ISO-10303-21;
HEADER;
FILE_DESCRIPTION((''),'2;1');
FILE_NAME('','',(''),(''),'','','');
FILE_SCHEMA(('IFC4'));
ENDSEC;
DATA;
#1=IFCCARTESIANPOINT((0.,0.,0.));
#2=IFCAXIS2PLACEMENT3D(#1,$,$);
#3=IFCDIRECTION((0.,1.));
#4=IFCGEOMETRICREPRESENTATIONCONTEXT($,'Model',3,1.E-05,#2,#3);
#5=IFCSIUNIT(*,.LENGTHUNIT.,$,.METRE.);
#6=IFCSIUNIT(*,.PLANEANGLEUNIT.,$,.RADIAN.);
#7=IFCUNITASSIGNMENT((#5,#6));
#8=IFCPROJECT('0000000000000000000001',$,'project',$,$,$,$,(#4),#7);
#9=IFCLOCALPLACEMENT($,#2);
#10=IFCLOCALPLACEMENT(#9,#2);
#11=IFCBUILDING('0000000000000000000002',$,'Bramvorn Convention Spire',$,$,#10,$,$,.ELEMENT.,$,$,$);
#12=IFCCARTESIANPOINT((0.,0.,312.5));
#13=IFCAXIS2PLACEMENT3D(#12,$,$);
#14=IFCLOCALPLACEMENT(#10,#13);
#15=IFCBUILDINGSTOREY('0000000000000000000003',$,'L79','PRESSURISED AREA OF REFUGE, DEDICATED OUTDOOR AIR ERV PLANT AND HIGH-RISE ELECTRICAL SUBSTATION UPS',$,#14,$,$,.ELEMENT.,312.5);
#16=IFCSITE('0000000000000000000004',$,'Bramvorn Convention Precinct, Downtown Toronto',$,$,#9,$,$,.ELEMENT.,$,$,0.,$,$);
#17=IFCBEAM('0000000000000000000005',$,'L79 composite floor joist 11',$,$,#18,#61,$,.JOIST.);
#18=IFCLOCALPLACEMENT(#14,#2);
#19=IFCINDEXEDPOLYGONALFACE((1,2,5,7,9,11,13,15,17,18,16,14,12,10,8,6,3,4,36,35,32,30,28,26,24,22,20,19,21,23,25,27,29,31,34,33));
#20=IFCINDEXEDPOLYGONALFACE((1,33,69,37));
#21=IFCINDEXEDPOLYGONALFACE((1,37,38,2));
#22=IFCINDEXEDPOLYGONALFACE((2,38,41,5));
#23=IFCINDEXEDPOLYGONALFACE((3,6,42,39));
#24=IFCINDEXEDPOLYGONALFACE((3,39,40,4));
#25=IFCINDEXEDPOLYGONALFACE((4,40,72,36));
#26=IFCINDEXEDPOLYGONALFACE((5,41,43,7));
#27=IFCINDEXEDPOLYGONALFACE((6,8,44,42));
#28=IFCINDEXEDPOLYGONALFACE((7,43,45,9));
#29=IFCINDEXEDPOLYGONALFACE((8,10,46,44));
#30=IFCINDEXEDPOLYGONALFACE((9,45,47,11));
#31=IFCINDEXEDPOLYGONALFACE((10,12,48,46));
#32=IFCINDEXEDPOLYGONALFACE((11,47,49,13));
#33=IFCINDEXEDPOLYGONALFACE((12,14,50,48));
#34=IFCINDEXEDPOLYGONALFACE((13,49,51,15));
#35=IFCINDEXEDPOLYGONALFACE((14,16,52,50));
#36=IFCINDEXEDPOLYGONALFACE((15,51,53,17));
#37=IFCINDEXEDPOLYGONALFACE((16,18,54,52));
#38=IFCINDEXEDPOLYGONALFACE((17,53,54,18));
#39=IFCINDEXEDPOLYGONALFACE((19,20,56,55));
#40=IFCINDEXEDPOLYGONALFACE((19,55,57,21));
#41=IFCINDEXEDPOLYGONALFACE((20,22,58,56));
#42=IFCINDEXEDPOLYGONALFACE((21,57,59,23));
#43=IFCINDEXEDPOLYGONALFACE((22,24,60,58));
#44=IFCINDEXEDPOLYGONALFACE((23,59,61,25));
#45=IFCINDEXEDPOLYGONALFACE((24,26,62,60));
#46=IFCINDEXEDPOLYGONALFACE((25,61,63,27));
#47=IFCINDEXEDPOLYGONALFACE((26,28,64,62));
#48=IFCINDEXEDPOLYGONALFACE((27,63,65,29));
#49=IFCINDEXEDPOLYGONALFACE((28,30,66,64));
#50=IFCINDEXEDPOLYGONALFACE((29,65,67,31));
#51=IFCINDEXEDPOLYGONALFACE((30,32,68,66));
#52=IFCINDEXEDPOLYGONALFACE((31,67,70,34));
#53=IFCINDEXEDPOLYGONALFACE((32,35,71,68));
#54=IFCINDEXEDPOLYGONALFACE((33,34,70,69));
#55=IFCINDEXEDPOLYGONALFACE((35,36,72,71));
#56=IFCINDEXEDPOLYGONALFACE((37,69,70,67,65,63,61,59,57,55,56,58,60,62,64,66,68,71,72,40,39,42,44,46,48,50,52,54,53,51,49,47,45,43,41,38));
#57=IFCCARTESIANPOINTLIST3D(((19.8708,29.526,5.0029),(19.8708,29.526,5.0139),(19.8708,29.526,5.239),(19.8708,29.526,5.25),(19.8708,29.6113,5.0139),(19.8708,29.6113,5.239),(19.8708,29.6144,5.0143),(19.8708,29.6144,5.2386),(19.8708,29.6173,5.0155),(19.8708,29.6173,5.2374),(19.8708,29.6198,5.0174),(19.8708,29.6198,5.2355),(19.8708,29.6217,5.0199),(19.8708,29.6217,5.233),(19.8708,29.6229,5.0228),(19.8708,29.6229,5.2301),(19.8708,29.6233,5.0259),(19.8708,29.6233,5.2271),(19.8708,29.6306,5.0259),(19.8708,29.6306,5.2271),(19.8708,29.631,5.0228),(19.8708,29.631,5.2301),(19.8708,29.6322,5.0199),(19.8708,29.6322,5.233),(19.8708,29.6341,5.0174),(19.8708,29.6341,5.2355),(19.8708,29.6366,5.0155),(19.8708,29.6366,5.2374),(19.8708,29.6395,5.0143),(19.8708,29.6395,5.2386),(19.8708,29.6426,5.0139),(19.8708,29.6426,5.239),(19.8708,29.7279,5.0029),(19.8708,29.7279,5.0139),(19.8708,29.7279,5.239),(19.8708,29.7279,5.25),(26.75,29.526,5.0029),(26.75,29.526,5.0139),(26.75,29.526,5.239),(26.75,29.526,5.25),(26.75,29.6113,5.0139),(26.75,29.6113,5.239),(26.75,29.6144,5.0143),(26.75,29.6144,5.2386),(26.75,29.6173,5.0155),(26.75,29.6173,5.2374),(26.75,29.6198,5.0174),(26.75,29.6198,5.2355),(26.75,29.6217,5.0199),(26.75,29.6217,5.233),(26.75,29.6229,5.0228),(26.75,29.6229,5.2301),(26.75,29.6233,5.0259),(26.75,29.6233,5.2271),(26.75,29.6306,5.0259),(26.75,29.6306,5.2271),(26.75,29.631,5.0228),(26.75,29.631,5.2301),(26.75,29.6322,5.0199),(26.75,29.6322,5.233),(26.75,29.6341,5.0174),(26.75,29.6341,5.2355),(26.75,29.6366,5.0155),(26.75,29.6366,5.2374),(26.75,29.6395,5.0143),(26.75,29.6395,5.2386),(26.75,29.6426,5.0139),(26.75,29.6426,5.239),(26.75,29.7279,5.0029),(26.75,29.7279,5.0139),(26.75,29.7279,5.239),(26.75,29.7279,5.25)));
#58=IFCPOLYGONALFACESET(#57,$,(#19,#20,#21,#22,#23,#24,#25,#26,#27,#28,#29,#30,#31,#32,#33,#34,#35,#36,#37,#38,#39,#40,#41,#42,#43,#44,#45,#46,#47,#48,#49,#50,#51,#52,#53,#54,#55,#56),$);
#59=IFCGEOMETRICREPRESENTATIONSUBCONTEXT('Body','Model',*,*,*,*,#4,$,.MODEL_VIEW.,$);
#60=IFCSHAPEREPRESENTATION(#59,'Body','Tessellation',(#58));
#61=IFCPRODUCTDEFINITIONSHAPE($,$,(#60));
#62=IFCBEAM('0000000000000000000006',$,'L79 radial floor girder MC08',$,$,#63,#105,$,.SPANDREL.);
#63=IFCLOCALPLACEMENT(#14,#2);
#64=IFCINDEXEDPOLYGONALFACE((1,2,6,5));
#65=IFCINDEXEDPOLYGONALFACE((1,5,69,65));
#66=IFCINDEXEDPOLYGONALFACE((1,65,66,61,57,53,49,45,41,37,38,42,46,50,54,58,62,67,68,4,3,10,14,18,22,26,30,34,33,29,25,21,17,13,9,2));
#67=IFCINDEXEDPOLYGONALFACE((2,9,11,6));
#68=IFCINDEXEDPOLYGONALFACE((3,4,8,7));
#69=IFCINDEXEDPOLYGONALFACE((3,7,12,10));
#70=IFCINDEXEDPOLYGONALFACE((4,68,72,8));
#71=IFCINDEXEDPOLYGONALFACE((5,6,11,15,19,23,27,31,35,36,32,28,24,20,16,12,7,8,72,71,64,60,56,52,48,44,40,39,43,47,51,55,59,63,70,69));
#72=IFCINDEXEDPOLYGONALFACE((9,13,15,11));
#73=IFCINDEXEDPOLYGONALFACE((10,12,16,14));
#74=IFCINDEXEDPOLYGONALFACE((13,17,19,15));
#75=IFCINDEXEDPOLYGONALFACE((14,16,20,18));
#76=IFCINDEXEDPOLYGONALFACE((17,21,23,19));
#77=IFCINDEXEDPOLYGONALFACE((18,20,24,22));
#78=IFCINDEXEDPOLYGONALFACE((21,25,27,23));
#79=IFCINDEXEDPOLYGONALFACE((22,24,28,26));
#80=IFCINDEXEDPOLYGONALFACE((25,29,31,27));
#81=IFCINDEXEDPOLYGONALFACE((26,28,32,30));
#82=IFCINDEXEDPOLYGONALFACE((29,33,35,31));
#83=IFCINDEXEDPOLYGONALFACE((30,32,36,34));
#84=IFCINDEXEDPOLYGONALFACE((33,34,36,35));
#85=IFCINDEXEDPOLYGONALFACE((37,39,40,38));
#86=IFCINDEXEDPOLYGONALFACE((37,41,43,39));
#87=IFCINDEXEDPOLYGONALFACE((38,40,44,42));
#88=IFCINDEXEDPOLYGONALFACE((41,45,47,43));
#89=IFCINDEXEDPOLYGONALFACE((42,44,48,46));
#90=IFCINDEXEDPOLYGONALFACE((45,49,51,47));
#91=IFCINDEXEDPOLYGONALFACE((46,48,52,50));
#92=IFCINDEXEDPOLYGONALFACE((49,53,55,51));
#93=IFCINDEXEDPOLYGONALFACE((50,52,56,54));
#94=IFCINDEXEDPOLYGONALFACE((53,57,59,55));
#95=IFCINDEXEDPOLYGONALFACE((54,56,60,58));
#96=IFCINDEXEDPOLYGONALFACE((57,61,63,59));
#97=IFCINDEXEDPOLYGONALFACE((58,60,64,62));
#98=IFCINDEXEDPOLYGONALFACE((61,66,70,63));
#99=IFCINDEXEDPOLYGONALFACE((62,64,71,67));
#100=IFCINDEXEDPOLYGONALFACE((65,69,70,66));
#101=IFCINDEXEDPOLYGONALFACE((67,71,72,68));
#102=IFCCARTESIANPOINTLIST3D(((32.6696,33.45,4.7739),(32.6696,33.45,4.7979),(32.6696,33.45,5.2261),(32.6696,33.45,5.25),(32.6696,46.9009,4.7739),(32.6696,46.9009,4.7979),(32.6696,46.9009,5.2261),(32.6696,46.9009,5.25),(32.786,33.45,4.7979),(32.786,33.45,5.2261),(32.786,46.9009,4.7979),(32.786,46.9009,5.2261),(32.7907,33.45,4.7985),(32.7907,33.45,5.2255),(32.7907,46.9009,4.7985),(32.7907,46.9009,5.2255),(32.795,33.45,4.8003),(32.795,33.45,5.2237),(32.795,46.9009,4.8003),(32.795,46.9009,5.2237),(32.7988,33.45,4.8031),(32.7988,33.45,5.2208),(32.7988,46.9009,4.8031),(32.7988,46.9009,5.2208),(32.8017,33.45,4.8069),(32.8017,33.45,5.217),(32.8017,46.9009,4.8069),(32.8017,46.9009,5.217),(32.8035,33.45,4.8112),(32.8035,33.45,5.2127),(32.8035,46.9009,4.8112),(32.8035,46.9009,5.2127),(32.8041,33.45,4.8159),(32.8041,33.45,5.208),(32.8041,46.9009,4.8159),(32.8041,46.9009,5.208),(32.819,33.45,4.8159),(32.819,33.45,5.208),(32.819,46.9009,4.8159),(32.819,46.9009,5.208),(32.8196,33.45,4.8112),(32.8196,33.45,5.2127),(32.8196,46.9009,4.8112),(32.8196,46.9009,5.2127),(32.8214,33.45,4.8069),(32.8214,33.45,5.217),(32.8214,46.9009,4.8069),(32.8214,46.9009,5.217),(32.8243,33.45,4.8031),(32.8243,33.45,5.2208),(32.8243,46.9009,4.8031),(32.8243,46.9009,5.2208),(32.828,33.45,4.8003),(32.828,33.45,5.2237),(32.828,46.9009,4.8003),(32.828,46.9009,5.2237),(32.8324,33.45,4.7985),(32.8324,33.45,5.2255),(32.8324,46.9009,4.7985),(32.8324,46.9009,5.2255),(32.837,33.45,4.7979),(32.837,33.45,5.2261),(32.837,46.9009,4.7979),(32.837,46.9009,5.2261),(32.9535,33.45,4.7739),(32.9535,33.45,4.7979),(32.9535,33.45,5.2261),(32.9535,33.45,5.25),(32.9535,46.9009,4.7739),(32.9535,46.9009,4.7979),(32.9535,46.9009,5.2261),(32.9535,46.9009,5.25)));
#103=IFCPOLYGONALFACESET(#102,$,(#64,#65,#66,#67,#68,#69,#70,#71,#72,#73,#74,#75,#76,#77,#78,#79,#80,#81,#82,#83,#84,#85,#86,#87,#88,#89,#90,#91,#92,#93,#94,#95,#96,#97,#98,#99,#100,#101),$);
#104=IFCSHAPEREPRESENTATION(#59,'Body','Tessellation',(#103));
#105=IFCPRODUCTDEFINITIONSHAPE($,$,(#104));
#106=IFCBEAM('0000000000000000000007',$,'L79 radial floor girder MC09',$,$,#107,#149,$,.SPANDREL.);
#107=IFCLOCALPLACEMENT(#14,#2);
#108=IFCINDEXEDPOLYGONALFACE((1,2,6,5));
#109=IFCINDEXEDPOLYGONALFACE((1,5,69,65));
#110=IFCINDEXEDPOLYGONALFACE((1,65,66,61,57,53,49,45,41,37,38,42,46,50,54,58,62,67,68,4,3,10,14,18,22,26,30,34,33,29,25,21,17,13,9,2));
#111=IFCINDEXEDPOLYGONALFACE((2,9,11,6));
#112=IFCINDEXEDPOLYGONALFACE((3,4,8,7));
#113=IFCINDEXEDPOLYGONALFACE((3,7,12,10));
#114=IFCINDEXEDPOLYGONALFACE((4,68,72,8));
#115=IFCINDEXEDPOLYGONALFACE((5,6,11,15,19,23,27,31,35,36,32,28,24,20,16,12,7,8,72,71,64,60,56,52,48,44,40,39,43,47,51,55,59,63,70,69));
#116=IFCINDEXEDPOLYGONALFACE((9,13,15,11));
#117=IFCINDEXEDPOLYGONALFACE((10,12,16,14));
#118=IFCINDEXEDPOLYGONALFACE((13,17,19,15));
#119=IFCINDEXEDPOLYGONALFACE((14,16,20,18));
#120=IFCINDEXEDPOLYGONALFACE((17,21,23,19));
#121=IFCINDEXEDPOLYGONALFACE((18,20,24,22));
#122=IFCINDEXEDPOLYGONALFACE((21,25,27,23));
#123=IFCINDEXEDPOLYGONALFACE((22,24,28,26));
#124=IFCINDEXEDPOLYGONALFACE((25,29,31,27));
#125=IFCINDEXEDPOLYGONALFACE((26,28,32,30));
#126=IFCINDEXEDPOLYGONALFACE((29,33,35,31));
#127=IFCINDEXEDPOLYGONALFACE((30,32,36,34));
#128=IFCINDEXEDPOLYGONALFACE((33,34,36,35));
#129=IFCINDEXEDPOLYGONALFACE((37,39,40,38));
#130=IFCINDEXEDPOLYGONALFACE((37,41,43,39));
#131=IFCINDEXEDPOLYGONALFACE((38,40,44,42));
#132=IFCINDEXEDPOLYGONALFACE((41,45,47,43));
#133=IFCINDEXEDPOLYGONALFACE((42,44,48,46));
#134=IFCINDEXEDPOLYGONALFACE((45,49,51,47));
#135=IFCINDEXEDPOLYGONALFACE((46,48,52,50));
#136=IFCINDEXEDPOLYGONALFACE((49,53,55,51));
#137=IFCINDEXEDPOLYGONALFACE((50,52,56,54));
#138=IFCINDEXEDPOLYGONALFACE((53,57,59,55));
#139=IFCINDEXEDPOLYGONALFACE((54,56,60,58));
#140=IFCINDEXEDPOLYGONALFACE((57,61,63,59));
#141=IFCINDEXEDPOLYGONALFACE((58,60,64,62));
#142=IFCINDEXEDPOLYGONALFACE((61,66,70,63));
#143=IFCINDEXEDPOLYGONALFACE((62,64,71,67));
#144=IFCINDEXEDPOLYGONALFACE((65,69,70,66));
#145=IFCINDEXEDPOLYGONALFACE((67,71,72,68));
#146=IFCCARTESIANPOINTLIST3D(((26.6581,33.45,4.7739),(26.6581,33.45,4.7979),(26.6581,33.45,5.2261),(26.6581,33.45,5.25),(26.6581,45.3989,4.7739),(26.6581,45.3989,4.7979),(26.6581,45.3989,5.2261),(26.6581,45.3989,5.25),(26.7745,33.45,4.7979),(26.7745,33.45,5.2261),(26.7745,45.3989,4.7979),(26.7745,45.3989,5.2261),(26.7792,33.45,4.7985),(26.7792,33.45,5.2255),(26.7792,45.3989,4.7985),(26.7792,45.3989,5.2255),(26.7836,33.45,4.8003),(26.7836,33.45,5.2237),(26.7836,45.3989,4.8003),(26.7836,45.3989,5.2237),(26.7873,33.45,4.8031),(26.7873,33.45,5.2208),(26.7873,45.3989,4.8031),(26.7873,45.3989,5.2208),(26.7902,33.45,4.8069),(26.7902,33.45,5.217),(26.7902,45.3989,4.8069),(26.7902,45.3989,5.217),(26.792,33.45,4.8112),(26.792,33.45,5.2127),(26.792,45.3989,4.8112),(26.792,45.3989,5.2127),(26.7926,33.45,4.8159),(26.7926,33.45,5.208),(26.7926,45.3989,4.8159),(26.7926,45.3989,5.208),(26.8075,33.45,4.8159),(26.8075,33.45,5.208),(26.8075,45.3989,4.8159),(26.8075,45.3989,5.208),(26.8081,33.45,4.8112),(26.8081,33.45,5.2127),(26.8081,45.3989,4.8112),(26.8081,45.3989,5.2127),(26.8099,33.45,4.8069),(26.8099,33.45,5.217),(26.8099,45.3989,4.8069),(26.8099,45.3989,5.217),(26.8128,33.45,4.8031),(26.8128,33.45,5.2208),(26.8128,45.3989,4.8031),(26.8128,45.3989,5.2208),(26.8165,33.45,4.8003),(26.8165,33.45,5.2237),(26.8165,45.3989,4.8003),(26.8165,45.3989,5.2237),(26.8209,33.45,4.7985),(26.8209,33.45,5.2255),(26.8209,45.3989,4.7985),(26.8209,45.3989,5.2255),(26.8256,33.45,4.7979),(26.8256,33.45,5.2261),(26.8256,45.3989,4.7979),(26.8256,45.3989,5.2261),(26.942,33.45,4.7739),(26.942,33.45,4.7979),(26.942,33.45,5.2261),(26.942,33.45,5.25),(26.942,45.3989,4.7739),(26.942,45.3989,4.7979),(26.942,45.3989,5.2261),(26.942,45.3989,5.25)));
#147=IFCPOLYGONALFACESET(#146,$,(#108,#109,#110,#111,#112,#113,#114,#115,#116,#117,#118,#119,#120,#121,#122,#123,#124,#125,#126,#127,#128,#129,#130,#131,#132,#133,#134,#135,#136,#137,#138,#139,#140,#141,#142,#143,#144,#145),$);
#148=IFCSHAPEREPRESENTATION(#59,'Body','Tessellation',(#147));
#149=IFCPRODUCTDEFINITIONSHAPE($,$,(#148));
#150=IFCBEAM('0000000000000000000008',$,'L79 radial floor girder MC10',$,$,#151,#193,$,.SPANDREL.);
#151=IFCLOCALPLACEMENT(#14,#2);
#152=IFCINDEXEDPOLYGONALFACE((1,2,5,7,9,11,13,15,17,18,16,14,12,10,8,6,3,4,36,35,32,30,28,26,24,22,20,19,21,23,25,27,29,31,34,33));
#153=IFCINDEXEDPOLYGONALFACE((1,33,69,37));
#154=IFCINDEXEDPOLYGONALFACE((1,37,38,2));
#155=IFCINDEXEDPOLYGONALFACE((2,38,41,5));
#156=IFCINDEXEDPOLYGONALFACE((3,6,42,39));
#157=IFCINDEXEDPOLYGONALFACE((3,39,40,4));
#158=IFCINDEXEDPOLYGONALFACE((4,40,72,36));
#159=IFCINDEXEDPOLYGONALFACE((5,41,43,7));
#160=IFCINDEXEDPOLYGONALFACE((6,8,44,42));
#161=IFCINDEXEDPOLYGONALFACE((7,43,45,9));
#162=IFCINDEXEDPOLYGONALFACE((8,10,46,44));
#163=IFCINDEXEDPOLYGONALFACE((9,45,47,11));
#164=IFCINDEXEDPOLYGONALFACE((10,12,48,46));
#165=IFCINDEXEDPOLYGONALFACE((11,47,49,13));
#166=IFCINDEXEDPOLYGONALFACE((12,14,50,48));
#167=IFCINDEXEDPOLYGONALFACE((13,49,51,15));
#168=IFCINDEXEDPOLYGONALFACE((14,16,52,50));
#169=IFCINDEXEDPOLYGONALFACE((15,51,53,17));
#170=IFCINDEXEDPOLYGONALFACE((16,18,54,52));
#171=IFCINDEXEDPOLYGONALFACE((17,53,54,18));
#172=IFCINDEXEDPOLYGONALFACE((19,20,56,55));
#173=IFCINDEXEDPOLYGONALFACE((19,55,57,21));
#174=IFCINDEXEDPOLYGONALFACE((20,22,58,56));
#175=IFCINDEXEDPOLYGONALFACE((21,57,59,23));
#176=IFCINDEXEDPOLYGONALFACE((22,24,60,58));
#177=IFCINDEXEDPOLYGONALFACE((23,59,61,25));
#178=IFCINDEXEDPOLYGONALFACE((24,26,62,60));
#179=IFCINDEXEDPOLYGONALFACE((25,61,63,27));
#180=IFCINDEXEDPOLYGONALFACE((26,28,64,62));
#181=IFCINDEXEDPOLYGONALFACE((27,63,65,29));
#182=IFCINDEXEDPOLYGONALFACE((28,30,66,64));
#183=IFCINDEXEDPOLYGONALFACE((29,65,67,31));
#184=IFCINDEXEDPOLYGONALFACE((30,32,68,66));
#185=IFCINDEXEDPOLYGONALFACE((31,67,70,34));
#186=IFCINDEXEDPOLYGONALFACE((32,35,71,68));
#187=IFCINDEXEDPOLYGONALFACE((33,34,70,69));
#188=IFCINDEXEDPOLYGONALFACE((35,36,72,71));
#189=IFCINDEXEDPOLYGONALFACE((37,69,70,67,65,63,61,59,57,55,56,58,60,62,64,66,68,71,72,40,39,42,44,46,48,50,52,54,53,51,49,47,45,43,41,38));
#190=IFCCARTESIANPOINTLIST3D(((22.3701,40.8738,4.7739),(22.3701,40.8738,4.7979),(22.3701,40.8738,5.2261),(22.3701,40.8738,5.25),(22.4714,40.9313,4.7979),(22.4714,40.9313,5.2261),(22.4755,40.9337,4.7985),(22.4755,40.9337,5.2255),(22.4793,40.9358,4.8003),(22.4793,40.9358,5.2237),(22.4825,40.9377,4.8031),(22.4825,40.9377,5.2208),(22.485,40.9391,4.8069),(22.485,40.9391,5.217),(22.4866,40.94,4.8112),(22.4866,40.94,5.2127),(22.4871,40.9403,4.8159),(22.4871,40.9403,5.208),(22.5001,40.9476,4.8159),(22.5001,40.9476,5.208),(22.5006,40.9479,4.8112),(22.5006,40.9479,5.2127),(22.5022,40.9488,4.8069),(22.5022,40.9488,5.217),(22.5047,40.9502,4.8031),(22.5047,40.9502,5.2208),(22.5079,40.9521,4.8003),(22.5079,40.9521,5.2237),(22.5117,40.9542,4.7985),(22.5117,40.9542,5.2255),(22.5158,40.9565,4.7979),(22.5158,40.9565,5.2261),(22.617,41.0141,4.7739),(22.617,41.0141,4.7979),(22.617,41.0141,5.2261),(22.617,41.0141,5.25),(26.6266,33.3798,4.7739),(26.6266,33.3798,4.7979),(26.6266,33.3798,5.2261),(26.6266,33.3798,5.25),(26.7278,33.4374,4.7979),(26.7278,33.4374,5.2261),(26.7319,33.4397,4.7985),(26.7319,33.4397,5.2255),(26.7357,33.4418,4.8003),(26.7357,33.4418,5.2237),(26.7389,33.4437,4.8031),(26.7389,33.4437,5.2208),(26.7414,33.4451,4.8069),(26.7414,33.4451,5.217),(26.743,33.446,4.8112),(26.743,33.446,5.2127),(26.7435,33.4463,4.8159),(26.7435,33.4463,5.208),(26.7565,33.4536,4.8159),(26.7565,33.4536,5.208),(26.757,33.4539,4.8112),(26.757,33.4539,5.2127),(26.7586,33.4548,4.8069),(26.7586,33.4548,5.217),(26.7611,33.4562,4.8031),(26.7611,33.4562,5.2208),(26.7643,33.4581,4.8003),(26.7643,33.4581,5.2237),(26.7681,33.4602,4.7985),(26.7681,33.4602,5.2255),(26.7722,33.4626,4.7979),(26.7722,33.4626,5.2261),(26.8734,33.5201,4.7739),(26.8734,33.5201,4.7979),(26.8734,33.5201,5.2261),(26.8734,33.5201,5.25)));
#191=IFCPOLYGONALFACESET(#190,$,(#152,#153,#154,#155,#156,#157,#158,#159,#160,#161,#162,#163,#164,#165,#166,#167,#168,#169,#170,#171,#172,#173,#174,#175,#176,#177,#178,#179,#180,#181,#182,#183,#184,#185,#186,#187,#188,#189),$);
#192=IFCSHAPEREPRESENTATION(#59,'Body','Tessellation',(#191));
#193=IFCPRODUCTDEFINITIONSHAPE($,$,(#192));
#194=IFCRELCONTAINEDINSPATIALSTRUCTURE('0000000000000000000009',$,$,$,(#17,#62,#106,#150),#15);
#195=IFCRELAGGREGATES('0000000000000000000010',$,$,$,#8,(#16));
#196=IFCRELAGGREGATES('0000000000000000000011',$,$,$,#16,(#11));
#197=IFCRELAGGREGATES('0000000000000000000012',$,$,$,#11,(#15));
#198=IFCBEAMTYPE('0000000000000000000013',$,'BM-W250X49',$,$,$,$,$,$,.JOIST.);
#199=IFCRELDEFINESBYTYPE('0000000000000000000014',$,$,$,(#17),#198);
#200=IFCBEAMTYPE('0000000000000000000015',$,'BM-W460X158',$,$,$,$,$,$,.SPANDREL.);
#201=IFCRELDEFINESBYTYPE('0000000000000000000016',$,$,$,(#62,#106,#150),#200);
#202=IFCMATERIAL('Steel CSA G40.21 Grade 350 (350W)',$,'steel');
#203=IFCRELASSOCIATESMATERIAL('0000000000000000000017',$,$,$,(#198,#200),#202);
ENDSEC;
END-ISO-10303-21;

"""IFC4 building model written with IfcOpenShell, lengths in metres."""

from ifc_helpers import new_model, si_unit, direction, frame, origin, origin_2d, place, context, subcontext, project, spatial, i_section, extrude, material, material_profile, profile_set, type_object, element, save


model = new_model("IFC4")

# Units and contexts
model_context = context("Model", 3, precision=1e-05, world=origin(), true_north=direction((0.0, 1.0)))
body_context = subcontext(model_context, "Body", "Model", "MODEL_VIEW")
ifc_project = project(units=[si_unit("LENGTHUNIT", "METRE"), si_unit("PLANEANGLEUNIT", "RADIAN")], contexts=[model_context])

# Site, building, storey
site_placement = place(None, origin())
site = spatial("IfcSite", under=ifc_project, at=site_placement, Name="Bramvorn Convention Precinct, Downtown Toronto", CompositionType="ELEMENT", RefElevation=0.0)
building_placement = place(site_placement, origin())
building = spatial("IfcBuilding", under=site, at=building_placement, Name="Bramvorn Convention Spire", CompositionType="ELEMENT")
storey_placement = place(building_placement, frame((0.0, 0.0, 312.5)))
storey = spatial("IfcBuildingStorey", under=building, at=storey_placement, Name="L79", Description="PRESSURISED AREA OF REFUGE, DEDICATED OUTDOOR AIR ERV PLANT AND HIGH-RISE ELECTRICAL SUBSTATION UPS", CompositionType="ELEMENT", Elevation=312.5)

# Shared definitions
ifc_material_1 = material(Name="Steel CSA G40.21 Grade 350 (350W)", Category="steel")

# Beams
ifc_material_profile_1 = material_profile(ifc_material_1, i_section(OverallWidth=0.2019, OverallDepth=0.2471, WebThickness=0.0073, FlangeThickness=0.011, FilletRadius=0.012, at=origin_2d()))
ifc_profile_set_1 = profile_set([ifc_material_profile_1], Name="Steel CSA G40.21 Grade 350 (350W) - W250X49")
beam_type_1 = type_object("IfcBeamType", Name="BM-W250X49", PredefinedType="JOIST", material=ifc_profile_set_1)
beam_1_placement = place(storey_placement, frame((26.75, 29.627, 5.1265), z_axis=(-1.0, 0.0, 0.0), x_axis=(0.0, -1.0, 0.0)))
element("IfcBeam", 1, at=beam_1_placement, inside=storey, type_object=beam_type_1, Name="L79 composite floor joist 11", PredefinedType="JOIST", context=body_context, shape_type="SweptSolid", body=[
    extrude(i_section(OverallWidth=0.2019, OverallDepth=0.2471, WebThickness=0.0073, FlangeThickness=0.011, FilletRadius=0.012, at=origin_2d()), origin(), (0.0, 0.0, 1.0), 6.8792),
])
ifc_material_profile_2 = material_profile(ifc_material_1, i_section(OverallWidth=0.2839, OverallDepth=0.4761, WebThickness=0.0149, FlangeThickness=0.0239, FilletRadius=0.0181, at=origin_2d()))
ifc_profile_set_2 = profile_set([ifc_material_profile_2], Name="Steel CSA G40.21 Grade 350 (350W) - W460X158")
beam_type_2 = type_object("IfcBeamType", Name="BM-W460X158", PredefinedType="SPANDREL", material=ifc_profile_set_2)
beam_2_placement = place(storey_placement, frame((32.8115, 33.45, 5.012), z_axis=(0.0, 1.0, 0.0), x_axis=(-1.0, 0.0, 0.0)))
element("IfcBeam", 2, at=beam_2_placement, inside=storey, type_object=beam_type_2, Name="L79 radial floor girder MC08", PredefinedType="SPANDREL", context=body_context, shape_type="SweptSolid", body=[
    extrude(i_section(OverallWidth=0.2839, OverallDepth=0.4761, WebThickness=0.0149, FlangeThickness=0.0239, FilletRadius=0.0181, at=origin_2d()), origin(), (0.0, 0.0, 1.0), 13.4509),
])
beam_3_placement = place(storey_placement, frame((26.8, 33.45, 5.012), z_axis=(0.0, 1.0, 0.0), x_axis=(-1.0, 0.0, 0.0)))
element("IfcBeam", 3, at=beam_3_placement, inside=storey, type_object=beam_type_2, Name="L79 radial floor girder MC09", PredefinedType="SPANDREL", context=body_context, shape_type="SweptSolid", body=[
    extrude(i_section(OverallWidth=0.2839, OverallDepth=0.4761, WebThickness=0.0149, FlangeThickness=0.0239, FilletRadius=0.0181, at=origin_2d()), origin(), (0.0, 0.0, 1.0), 11.949),
])
beam_4_placement = place(storey_placement, frame((26.75, 33.45, 5.012), z_axis=(-0.493874, 0.869534, 0.0), x_axis=(-0.869534, -0.493874, 0.0)))
element("IfcBeam", 4, at=beam_4_placement, inside=storey, type_object=beam_type_2, Name="L79 radial floor girder MC10", PredefinedType="SPANDREL", context=body_context, shape_type="SweptSolid", body=[
    extrude(i_section(OverallWidth=0.2839, OverallDepth=0.4761, WebThickness=0.0149, FlangeThickness=0.0239, FilletRadius=0.0181, at=origin_2d()), origin(), (0.0, 0.0, 1.0), 8.6184),
])

save(model, "model.ifc")
